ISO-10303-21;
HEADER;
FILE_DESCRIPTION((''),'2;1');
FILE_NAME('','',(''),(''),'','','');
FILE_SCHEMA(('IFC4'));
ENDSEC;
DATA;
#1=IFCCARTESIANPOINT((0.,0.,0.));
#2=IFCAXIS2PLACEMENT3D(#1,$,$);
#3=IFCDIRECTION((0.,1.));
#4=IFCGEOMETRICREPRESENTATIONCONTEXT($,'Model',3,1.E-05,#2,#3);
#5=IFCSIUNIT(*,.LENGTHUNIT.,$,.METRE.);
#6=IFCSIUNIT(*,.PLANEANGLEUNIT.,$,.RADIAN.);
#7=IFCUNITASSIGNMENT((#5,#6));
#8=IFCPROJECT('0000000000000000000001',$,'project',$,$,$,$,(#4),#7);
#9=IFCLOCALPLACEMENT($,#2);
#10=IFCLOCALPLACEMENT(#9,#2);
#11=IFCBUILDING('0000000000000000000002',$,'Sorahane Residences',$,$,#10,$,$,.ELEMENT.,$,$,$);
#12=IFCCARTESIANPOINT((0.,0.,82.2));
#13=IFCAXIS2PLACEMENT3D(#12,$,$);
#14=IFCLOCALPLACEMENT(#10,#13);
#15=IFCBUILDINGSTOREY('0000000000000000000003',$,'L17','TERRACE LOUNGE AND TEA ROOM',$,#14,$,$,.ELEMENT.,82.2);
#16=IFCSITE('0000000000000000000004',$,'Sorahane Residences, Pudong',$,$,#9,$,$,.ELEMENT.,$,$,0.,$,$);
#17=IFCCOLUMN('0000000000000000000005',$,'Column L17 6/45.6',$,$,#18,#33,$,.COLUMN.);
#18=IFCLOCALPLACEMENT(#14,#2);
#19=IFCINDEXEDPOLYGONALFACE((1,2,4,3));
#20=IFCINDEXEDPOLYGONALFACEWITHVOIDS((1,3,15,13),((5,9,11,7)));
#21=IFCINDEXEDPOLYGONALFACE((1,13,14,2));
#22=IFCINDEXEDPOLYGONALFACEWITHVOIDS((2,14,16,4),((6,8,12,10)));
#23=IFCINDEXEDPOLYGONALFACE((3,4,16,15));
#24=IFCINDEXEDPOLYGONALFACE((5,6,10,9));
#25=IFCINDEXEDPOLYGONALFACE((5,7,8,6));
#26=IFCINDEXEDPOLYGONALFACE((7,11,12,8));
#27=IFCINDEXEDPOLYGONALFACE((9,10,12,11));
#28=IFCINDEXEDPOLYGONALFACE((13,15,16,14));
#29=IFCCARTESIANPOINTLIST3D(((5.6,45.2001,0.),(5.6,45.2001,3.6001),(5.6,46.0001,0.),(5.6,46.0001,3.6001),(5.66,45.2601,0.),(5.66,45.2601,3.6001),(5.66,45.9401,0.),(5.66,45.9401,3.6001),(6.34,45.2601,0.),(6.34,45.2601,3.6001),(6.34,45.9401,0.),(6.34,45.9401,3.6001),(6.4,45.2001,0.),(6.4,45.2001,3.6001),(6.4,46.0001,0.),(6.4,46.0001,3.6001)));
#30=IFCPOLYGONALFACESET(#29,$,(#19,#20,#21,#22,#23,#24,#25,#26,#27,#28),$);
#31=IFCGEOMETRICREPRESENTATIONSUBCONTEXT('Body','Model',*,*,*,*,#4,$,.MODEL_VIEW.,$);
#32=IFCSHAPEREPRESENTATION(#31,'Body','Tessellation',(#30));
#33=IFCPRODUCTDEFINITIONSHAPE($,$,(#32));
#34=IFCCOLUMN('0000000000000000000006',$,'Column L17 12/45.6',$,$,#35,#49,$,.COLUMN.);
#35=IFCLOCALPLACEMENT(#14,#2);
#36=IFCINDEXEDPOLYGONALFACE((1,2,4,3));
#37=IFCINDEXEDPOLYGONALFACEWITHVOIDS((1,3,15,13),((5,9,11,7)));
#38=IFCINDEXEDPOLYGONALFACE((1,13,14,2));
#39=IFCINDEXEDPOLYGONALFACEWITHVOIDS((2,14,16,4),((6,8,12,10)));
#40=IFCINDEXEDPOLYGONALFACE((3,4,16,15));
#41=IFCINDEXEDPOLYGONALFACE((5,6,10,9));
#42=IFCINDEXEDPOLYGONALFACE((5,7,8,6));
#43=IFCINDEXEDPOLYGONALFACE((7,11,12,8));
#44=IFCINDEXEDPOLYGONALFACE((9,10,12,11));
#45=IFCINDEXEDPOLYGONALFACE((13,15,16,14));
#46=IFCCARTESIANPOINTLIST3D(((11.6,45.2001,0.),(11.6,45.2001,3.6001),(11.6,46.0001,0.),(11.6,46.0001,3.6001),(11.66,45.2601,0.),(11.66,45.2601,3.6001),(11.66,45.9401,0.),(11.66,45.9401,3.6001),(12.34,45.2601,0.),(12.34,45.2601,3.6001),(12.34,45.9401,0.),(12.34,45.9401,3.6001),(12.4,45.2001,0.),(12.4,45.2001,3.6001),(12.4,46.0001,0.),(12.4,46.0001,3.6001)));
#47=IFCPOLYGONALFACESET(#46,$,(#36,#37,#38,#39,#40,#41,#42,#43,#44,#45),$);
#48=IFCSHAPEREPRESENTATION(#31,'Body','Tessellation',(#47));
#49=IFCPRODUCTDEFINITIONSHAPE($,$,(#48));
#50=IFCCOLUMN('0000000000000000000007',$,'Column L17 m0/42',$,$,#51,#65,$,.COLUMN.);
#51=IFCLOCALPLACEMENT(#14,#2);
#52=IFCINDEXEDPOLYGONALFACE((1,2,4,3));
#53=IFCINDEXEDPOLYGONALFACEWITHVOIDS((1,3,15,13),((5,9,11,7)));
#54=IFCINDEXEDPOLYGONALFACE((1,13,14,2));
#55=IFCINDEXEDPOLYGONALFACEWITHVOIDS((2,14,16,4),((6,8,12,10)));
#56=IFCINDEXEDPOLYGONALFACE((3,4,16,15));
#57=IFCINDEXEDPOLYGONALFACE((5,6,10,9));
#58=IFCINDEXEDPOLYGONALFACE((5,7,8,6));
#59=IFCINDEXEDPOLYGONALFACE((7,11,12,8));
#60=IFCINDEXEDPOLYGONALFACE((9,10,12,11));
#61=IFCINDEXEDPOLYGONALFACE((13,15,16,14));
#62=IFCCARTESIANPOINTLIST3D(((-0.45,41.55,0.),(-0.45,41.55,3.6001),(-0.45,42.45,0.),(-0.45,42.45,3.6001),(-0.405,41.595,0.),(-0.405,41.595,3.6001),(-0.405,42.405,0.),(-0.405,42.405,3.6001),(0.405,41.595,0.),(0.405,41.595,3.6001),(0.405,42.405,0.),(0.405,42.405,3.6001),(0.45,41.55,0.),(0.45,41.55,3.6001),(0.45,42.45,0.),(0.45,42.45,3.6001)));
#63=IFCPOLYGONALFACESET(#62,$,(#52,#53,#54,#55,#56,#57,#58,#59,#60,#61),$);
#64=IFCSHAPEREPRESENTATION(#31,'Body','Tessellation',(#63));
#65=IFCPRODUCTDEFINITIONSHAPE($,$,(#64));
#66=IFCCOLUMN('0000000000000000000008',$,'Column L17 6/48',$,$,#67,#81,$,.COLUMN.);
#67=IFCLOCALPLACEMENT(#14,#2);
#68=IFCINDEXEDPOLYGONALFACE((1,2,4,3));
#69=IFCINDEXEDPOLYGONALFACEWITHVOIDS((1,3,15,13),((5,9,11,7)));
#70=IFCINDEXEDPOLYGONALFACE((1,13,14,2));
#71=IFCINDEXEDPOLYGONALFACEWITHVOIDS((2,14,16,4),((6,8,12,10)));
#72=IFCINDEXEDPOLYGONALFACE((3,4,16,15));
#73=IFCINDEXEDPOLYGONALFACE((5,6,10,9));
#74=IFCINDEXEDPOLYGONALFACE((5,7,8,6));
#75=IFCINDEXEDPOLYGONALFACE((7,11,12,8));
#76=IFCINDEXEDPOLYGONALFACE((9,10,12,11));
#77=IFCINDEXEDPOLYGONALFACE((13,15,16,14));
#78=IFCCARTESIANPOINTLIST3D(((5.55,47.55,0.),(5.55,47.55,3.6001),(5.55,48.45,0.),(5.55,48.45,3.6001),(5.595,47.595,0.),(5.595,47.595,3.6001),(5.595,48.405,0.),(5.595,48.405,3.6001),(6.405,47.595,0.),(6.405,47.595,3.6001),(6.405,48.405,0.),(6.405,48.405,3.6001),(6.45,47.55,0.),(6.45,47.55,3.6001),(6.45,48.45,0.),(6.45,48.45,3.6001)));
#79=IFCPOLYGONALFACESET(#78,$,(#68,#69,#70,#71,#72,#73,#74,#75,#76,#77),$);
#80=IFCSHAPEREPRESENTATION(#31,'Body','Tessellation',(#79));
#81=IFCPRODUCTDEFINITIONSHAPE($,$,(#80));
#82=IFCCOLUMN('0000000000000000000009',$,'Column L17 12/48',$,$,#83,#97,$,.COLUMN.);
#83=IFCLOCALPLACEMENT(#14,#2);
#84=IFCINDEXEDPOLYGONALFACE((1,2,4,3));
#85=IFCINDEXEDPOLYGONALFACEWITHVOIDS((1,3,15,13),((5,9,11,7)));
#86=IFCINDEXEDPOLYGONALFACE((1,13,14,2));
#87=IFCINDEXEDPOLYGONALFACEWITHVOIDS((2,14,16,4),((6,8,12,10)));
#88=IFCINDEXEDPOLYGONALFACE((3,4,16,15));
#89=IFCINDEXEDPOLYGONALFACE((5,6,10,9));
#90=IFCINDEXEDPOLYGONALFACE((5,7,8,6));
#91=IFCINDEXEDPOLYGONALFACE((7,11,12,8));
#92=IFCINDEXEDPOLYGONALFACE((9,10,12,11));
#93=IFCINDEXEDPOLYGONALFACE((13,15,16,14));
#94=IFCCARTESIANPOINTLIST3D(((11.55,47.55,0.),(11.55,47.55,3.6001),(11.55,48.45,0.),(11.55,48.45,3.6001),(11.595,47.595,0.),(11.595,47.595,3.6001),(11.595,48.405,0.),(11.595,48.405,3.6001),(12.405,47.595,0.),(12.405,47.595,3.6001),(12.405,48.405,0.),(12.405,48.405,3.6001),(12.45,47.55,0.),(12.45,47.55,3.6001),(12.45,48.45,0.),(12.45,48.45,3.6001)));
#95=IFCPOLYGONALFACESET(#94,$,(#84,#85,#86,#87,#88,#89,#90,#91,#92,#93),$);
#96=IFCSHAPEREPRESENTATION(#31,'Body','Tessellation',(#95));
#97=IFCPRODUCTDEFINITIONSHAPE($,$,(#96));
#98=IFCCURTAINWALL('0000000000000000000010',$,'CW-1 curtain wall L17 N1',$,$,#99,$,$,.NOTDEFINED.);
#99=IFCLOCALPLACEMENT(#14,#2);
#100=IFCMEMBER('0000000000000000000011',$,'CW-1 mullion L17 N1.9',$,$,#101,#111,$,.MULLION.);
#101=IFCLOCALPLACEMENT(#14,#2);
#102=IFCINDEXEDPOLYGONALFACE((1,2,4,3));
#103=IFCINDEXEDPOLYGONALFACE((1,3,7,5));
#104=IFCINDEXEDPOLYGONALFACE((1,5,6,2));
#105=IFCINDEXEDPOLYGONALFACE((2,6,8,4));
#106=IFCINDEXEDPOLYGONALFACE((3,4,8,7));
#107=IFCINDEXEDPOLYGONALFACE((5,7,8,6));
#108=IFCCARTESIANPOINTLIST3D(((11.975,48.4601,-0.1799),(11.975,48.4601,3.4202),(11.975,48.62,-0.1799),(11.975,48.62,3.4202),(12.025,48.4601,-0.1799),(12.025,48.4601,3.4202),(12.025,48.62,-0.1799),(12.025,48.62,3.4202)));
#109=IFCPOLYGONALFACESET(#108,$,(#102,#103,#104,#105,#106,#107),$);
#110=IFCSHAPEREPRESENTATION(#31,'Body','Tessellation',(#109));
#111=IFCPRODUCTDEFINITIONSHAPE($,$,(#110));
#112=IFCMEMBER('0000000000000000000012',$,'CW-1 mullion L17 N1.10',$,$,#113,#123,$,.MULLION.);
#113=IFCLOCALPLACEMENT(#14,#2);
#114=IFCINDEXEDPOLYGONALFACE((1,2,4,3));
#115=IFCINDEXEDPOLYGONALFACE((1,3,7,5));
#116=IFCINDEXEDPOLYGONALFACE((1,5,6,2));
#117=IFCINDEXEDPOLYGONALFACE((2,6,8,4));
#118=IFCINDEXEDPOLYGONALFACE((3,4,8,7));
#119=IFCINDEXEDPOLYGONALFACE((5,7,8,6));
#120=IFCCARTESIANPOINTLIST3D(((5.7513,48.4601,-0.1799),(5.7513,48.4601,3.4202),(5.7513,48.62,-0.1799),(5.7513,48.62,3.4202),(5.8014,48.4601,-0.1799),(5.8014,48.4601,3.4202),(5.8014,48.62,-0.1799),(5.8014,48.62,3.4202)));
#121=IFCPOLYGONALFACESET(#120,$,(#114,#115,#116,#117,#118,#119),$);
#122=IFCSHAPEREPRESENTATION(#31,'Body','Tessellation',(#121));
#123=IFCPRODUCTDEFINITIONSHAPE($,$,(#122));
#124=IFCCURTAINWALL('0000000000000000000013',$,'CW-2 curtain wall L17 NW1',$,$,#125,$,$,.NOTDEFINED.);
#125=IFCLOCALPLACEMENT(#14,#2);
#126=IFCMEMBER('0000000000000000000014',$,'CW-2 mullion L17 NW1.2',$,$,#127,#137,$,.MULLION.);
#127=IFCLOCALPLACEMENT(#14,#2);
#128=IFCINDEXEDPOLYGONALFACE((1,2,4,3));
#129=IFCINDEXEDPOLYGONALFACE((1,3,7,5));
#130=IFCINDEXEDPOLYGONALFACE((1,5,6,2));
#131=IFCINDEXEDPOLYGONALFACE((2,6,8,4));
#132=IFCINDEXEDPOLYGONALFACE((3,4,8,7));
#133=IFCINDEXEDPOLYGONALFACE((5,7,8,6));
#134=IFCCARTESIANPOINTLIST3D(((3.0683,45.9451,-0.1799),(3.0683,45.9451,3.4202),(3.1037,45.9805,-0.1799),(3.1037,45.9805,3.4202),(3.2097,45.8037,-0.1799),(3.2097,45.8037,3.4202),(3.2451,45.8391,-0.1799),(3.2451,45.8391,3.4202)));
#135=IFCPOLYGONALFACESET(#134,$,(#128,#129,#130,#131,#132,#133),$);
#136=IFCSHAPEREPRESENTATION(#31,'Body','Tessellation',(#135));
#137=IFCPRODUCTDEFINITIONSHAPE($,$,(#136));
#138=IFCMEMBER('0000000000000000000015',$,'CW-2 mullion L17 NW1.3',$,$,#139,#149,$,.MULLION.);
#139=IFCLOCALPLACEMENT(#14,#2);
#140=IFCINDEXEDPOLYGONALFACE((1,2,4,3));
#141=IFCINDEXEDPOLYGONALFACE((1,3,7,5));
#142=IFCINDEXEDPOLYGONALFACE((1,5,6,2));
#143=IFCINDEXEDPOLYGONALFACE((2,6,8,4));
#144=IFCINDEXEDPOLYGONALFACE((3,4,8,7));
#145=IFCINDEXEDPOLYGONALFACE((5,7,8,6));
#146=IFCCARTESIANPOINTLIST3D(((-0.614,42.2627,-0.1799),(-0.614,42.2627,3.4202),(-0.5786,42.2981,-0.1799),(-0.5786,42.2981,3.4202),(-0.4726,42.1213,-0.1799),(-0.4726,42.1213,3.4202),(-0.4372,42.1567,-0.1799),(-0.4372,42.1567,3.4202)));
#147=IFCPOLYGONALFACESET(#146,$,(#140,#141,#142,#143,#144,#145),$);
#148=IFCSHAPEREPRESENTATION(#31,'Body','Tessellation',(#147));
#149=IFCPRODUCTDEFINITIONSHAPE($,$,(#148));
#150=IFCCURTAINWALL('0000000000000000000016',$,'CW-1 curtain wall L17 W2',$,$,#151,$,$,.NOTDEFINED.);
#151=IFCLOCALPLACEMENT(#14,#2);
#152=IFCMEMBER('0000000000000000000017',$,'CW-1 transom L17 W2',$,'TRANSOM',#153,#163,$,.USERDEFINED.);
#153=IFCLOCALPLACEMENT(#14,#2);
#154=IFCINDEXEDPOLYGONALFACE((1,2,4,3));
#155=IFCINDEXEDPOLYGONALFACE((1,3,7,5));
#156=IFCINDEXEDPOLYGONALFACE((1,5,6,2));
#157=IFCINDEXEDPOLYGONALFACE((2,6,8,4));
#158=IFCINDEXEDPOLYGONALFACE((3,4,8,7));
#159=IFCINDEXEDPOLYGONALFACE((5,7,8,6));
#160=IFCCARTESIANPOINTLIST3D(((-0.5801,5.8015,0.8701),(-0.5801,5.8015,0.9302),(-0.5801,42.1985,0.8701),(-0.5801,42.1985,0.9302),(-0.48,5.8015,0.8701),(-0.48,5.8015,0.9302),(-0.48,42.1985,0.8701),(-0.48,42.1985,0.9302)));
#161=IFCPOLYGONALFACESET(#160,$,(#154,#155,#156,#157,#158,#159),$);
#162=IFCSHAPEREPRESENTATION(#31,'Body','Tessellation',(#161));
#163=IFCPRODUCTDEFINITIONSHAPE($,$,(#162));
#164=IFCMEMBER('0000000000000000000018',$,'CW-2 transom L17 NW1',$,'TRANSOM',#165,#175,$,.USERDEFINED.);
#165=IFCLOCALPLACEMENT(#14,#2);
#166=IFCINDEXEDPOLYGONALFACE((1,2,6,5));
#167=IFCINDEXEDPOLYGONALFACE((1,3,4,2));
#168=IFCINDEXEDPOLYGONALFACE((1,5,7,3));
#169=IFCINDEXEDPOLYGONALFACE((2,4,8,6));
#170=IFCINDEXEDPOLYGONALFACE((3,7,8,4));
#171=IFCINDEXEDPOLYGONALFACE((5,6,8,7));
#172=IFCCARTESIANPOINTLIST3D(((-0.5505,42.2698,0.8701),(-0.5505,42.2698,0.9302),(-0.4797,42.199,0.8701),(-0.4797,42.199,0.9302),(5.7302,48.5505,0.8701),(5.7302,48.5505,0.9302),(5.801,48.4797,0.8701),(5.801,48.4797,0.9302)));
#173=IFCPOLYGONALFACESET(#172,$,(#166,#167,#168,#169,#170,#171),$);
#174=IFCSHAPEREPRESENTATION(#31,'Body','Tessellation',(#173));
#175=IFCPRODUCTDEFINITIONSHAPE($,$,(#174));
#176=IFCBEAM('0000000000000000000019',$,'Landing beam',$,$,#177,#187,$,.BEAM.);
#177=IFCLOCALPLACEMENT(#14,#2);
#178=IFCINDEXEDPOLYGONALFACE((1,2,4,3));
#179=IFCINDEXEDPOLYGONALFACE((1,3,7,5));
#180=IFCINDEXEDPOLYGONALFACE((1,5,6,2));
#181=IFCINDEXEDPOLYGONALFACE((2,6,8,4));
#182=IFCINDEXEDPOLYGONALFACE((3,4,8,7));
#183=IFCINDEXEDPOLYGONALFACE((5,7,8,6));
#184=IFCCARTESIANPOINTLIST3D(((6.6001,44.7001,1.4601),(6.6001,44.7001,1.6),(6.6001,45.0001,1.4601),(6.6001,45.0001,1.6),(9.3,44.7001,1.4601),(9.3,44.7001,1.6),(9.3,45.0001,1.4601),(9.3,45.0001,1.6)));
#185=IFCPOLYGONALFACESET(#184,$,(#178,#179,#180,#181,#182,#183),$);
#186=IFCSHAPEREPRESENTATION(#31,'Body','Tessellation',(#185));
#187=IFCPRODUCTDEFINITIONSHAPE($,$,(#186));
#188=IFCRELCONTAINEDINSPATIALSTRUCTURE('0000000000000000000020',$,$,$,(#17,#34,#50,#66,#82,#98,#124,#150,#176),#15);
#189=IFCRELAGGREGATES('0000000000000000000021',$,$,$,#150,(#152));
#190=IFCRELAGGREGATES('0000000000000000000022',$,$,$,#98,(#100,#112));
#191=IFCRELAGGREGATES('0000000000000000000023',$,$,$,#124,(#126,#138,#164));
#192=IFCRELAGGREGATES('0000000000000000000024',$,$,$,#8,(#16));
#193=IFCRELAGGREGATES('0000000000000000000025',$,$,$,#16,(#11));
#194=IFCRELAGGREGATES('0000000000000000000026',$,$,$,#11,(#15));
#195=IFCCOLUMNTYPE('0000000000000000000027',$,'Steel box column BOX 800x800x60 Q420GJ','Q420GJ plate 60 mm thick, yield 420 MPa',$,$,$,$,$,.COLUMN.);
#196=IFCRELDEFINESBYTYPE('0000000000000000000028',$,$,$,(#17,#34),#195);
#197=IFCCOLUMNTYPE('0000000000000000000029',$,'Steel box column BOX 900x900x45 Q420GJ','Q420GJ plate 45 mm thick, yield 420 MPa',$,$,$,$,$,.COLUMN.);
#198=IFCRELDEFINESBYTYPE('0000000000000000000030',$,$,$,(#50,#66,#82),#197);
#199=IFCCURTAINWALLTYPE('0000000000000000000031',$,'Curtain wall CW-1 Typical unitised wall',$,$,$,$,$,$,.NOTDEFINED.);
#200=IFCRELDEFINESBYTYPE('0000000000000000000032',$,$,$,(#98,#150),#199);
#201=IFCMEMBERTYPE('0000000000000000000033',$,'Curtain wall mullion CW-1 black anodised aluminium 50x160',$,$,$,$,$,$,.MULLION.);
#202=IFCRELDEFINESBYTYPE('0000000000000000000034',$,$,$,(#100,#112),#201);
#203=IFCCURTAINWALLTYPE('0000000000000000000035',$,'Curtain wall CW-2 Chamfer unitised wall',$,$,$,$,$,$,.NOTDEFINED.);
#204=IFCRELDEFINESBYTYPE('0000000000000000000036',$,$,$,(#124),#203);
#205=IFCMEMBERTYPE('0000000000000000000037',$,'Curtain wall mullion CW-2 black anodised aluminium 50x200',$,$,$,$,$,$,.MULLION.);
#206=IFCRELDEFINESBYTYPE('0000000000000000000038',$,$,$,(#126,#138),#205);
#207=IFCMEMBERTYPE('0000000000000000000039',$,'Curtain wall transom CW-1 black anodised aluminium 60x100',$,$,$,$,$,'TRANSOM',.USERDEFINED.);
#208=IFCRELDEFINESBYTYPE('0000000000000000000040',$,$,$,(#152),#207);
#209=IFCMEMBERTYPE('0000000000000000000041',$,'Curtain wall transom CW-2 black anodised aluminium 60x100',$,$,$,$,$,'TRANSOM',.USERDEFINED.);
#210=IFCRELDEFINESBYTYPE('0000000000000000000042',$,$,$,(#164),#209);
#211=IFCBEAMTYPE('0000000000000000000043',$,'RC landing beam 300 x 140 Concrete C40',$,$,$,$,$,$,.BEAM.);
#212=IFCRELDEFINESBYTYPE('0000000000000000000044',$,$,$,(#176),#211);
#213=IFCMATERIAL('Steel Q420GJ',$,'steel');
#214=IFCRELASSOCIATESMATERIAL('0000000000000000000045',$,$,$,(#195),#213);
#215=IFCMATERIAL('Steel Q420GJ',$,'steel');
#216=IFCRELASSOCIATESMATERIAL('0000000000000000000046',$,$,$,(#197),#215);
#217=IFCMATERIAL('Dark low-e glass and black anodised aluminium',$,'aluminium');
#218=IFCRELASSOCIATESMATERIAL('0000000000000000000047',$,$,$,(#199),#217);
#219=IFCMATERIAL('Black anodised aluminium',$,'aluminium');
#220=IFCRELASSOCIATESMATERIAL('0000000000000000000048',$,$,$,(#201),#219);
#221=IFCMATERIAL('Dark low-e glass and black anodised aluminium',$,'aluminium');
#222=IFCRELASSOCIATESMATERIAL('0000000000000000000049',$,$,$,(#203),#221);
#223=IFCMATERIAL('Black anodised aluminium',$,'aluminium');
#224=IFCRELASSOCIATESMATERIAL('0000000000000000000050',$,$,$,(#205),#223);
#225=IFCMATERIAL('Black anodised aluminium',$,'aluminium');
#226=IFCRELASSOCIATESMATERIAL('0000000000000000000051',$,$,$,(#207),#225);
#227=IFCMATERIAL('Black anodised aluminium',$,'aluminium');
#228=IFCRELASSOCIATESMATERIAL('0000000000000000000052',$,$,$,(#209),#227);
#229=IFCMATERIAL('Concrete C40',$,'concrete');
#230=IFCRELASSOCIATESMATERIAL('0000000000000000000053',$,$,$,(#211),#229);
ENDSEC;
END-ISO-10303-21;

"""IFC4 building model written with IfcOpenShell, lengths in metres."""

from ifc_helpers import new_model, si_unit, direction, frame, origin, origin_2d, place, context, subcontext, project, spatial, rectangle, hollow_rectangle, extrude, material, material_profile, profile_set, type_object, element, aggregate, save


model = new_model("IFC4")

# Units and contexts
model_context = context("Model", 3, precision=1e-05, world=origin(), true_north=direction((0.0, 1.0)))
body_context = subcontext(model_context, "Body", "Model", "MODEL_VIEW")
ifc_project = project(units=[si_unit("LENGTHUNIT", "METRE"), si_unit("PLANEANGLEUNIT", "RADIAN")], contexts=[model_context])

# Site, building, storey
site_placement = place(None, origin())
site = spatial("IfcSite", under=ifc_project, at=site_placement, Name="Sorahane Residences, Pudong", CompositionType="ELEMENT", RefElevation=0.0)
building_placement = place(site_placement, origin())
building = spatial("IfcBuilding", under=site, at=building_placement, Name="Sorahane Residences", CompositionType="ELEMENT")
storey_placement = place(building_placement, frame((0.0, 0.0, 82.2)))
storey = spatial("IfcBuildingStorey", under=building, at=storey_placement, Name="L17", Description="TERRACE LOUNGE AND TEA ROOM", CompositionType="ELEMENT", Elevation=82.2)

# Columns
ifc_material_1 = material(Name="Steel Q420GJ", Category="steel")
ifc_material_profile_1 = material_profile(ifc_material_1, hollow_rectangle(XDim=0.8, YDim=0.8, WallThickness=0.0601, at=origin_2d()), Name="BOX 800x800x60")
ifc_profile_set_1 = profile_set([ifc_material_profile_1], Name="Steel Q420GJ")
column_type_1 = type_object("IfcColumnType", Name="Steel box column BOX 800x800x60 Q420GJ", Description="Q420GJ plate 60 mm thick, yield 420 MPa", PredefinedType="COLUMN", material=ifc_profile_set_1)
for number, where, z_axis, x_axis, name in (
    (1, (6.0, 45.6001, 0.0), (0.0, 0.0, 1.0), (1.0, 0.0, 0.0), "Column L17 6/45.6"),
    (2, (12.0, 45.6001, 0.0), (0.0, 0.0, 1.0), (1.0, 0.0, 0.0), "Column L17 12/45.6"),
):
    element("IfcColumn", number, at=place(storey_placement, frame(where, z_axis=z_axis, x_axis=x_axis)), inside=storey, type_object=column_type_1, Name=name, PredefinedType="COLUMN", context=body_context, shape_type="SweptSolid", body=[
        extrude(hollow_rectangle(XDim=0.8, YDim=0.8, WallThickness=0.0601, at=origin_2d()), origin(), (0.0, 0.0, 1.0), 3.6001),
    ])
ifc_material_2 = material(Name="Steel Q420GJ", Category="steel")
ifc_material_profile_2 = material_profile(ifc_material_2, hollow_rectangle(XDim=0.8999, YDim=0.8999, WallThickness=0.0449, at=origin_2d()), Name="BOX 900x900x45")
ifc_profile_set_2 = profile_set([ifc_material_profile_2], Name="Steel Q420GJ")
column_type_2 = type_object("IfcColumnType", Name="Steel box column BOX 900x900x45 Q420GJ", Description="Q420GJ plate 45 mm thick, yield 420 MPa", PredefinedType="COLUMN", material=ifc_profile_set_2)
for number, where, z_axis, x_axis, name in (
    (3, (0.0, 42.0, 0.0), (0.0, 0.0, 1.0), (1.0, 0.0, 0.0), "Column L17 m0/42"),
    (4, (6.0, 48.0, 0.0), (0.0, 0.0, 1.0), (1.0, 0.0, 0.0), "Column L17 6/48"),
    (5, (12.0, 48.0, 0.0), (0.0, 0.0, 1.0), (1.0, 0.0, 0.0), "Column L17 12/48"),
):
    element("IfcColumn", number, at=place(storey_placement, frame(where, z_axis=z_axis, x_axis=x_axis)), inside=storey, type_object=column_type_2, Name=name, PredefinedType="COLUMN", context=body_context, shape_type="SweptSolid", body=[
        extrude(hollow_rectangle(XDim=0.8999, YDim=0.8999, WallThickness=0.0449, at=origin_2d()), origin(), (0.0, 0.0, 1.0), 3.6001),
    ])

# Curtain walls, members
ifc_material_3 = material(Name="Dark low-e glass and black anodised aluminium", Category="aluminium")
curtain_wall_type_1 = type_object("IfcCurtainWallType", Name="Curtain wall CW-1 Typical unitised wall", PredefinedType="NOTDEFINED", material=ifc_material_3)
curtain_wall_1_placement = place(storey_placement, origin())
curtain_wall_1 = element("IfcCurtainWall", 6, at=curtain_wall_1_placement, inside=storey, type_object=curtain_wall_type_1, Name="CW-1 curtain wall L17 N1", PredefinedType="NOTDEFINED")
ifc_material_4 = material(Name="Black anodised aluminium", Category="aluminium")
ifc_material_profile_3 = material_profile(ifc_material_4, rectangle(XDim=0.1599, YDim=0.05, at=origin_2d()), Name="Curtain wall mullion CW-1 black anodised aluminium 50x160")
ifc_profile_set_3 = profile_set([ifc_material_profile_3], Name="Black anodised aluminium")
member_type_1 = type_object("IfcMemberType", Name="Curtain wall mullion CW-1 black anodised aluminium 50x160", PredefinedType="MULLION", material=ifc_profile_set_3)
member_1_placement = place(storey_placement, frame((12.0, 48.54, -0.1799), z_axis=(0.0, 0.0, 1.0), x_axis=(0.0, 1.0, 0.0)))
member_1 = element("IfcMember", 7, at=member_1_placement, type_object=member_type_1, Name="CW-1 mullion L17 N1.9", PredefinedType="MULLION", context=body_context, shape_type="SweptSolid", body=[
    extrude(rectangle(XDim=0.1599, YDim=0.05, at=origin_2d()), origin(), (0.0, 0.0, 1.0), 3.6001),
])
member_2_placement = place(storey_placement, frame((5.7764, 48.54, -0.1799), z_axis=(0.0, 0.0, 1.0), x_axis=(0.0, 1.0, 0.0)))
member_2 = element("IfcMember", 8, at=member_2_placement, type_object=member_type_1, Name="CW-1 mullion L17 N1.10", PredefinedType="MULLION", context=body_context, shape_type="SweptSolid", body=[
    extrude(rectangle(XDim=0.1599, YDim=0.05, at=origin_2d()), origin(), (0.0, 0.0, 1.0), 3.6001),
])
ifc_material_5 = material(Name="Dark low-e glass and black anodised aluminium", Category="aluminium")
curtain_wall_type_2 = type_object("IfcCurtainWallType", Name="Curtain wall CW-2 Chamfer unitised wall", PredefinedType="NOTDEFINED", material=ifc_material_5)
curtain_wall_2_placement = place(storey_placement, origin())
curtain_wall_2 = element("IfcCurtainWall", 9, at=curtain_wall_2_placement, inside=storey, type_object=curtain_wall_type_2, Name="CW-2 curtain wall L17 NW1", PredefinedType="NOTDEFINED")
ifc_material_6 = material(Name="Black anodised aluminium", Category="aluminium")
ifc_material_profile_4 = material_profile(ifc_material_6, rectangle(XDim=0.2, YDim=0.05, at=origin_2d()), Name="Curtain wall mullion CW-2 black anodised aluminium 50x200")
ifc_profile_set_4 = profile_set([ifc_material_profile_4], Name="Black anodised aluminium")
member_type_2 = type_object("IfcMemberType", Name="Curtain wall mullion CW-2 black anodised aluminium 50x200", PredefinedType="MULLION", material=ifc_profile_set_4)
member_3_placement = place(storey_placement, frame((3.1567, 45.8921, -0.1799), z_axis=(0.0, 0.0, 1.0), x_axis=(-0.707107, 0.707107, 0.0)))
member_3 = element("IfcMember", 10, at=member_3_placement, type_object=member_type_2, Name="CW-2 mullion L17 NW1.2", PredefinedType="MULLION", context=body_context, shape_type="SweptSolid", body=[
    extrude(rectangle(XDim=0.2, YDim=0.05, at=origin_2d()), origin(), (0.0, 0.0, 1.0), 3.6001),
])
member_4_placement = place(storey_placement, frame((-0.5256, 42.2097, -0.1799), z_axis=(0.0, 0.0, 1.0), x_axis=(-0.707107, 0.707107, 0.0)))
member_4 = element("IfcMember", 11, at=member_4_placement, type_object=member_type_2, Name="CW-2 mullion L17 NW1.3", PredefinedType="MULLION", context=body_context, shape_type="SweptSolid", body=[
    extrude(rectangle(XDim=0.2, YDim=0.05, at=origin_2d()), origin(), (0.0, 0.0, 1.0), 3.6001),
])

# Curtain wall, member
curtain_wall_3_placement = place(storey_placement, origin())
curtain_wall_3 = element("IfcCurtainWall", 12, at=curtain_wall_3_placement, inside=storey, type_object=curtain_wall_type_1, Name="CW-1 curtain wall L17 W2", PredefinedType="NOTDEFINED")
ifc_material_7 = material(Name="Black anodised aluminium", Category="aluminium")
ifc_material_profile_5 = material_profile(ifc_material_7, rectangle(XDim=0.1001, YDim=0.0601, at=origin_2d()), Name="Curtain wall transom CW-1 black anodised aluminium 60x100")
ifc_profile_set_5 = profile_set([ifc_material_profile_5], Name="Black anodised aluminium")
member_type_3 = type_object("IfcMemberType", Name="Curtain wall transom CW-1 black anodised aluminium 60x100", ElementType="TRANSOM", PredefinedType="USERDEFINED", material=ifc_profile_set_5)
member_5_placement = place(storey_placement, frame((-0.53, 42.1985, 0.9001), z_axis=(0.0, -1.0, 0.0), x_axis=(1.0, 0.0, 0.0)))
member_5 = element("IfcMember", 13, at=member_5_placement, type_object=member_type_3, Name="CW-1 transom L17 W2", ObjectType="TRANSOM", PredefinedType="USERDEFINED", context=body_context, shape_type="SweptSolid", body=[
    extrude(rectangle(XDim=0.1001, YDim=0.0601, at=origin_2d()), origin(), (0.0, 0.0, 1.0), 36.397),
])
aggregate(curtain_wall_3, [member_5])

# Member
ifc_material_8 = material(Name="Black anodised aluminium", Category="aluminium")
ifc_material_profile_6 = material_profile(ifc_material_8, rectangle(XDim=0.1001, YDim=0.0601, at=origin_2d()), Name="Curtain wall transom CW-2 black anodised aluminium 60x100")
ifc_profile_set_6 = profile_set([ifc_material_profile_6], Name="Black anodised aluminium")
member_type_4 = type_object("IfcMemberType", Name="Curtain wall transom CW-2 black anodised aluminium 60x100", ElementType="TRANSOM", PredefinedType="USERDEFINED", material=ifc_profile_set_6)
member_6_placement = place(storey_placement, frame((5.7656, 48.5151, 0.9001), z_axis=(-0.707107, -0.707107, 0.0), x_axis=(0.707107, -0.707107, 0.0)))
member_6 = element("IfcMember", 14, at=member_6_placement, type_object=member_type_4, Name="CW-2 transom L17 NW1", ObjectType="TRANSOM", PredefinedType="USERDEFINED", context=body_context, shape_type="SweptSolid", body=[
    extrude(rectangle(XDim=0.1001, YDim=0.0601, at=origin_2d()), origin(), (0.0, 0.0, 1.0), 8.8823),
])

# Beam
ifc_material_9 = material(Name="Concrete C40", Category="concrete")
ifc_material_profile_7 = material_profile(ifc_material_9, rectangle(XDim=0.3, YDim=0.1399, at=origin_2d()), Name="300x140")
ifc_profile_set_7 = profile_set([ifc_material_profile_7], Name="Concrete C40")
beam_type_1 = type_object("IfcBeamType", Name="RC landing beam 300 x 140 Concrete C40", PredefinedType="BEAM", material=ifc_profile_set_7)
beam_1_placement = place(storey_placement, frame((6.6001, 44.8501, 1.53), z_axis=(1.0, 0.0, 0.0), x_axis=(0.0, 1.0, 0.0)))
element("IfcBeam", 15, at=beam_1_placement, inside=storey, type_object=beam_type_1, Name="Landing beam", PredefinedType="BEAM", context=body_context, shape_type="SweptSolid", body=[
    extrude(rectangle(XDim=0.3, YDim=0.1399, at=origin_2d()), origin(), (0.0, 0.0, 1.0), 2.7),
])

aggregate(curtain_wall_1, [member_1, member_2])
aggregate(curtain_wall_2, [member_3, member_4, member_6])

save(model, "model.ifc")
